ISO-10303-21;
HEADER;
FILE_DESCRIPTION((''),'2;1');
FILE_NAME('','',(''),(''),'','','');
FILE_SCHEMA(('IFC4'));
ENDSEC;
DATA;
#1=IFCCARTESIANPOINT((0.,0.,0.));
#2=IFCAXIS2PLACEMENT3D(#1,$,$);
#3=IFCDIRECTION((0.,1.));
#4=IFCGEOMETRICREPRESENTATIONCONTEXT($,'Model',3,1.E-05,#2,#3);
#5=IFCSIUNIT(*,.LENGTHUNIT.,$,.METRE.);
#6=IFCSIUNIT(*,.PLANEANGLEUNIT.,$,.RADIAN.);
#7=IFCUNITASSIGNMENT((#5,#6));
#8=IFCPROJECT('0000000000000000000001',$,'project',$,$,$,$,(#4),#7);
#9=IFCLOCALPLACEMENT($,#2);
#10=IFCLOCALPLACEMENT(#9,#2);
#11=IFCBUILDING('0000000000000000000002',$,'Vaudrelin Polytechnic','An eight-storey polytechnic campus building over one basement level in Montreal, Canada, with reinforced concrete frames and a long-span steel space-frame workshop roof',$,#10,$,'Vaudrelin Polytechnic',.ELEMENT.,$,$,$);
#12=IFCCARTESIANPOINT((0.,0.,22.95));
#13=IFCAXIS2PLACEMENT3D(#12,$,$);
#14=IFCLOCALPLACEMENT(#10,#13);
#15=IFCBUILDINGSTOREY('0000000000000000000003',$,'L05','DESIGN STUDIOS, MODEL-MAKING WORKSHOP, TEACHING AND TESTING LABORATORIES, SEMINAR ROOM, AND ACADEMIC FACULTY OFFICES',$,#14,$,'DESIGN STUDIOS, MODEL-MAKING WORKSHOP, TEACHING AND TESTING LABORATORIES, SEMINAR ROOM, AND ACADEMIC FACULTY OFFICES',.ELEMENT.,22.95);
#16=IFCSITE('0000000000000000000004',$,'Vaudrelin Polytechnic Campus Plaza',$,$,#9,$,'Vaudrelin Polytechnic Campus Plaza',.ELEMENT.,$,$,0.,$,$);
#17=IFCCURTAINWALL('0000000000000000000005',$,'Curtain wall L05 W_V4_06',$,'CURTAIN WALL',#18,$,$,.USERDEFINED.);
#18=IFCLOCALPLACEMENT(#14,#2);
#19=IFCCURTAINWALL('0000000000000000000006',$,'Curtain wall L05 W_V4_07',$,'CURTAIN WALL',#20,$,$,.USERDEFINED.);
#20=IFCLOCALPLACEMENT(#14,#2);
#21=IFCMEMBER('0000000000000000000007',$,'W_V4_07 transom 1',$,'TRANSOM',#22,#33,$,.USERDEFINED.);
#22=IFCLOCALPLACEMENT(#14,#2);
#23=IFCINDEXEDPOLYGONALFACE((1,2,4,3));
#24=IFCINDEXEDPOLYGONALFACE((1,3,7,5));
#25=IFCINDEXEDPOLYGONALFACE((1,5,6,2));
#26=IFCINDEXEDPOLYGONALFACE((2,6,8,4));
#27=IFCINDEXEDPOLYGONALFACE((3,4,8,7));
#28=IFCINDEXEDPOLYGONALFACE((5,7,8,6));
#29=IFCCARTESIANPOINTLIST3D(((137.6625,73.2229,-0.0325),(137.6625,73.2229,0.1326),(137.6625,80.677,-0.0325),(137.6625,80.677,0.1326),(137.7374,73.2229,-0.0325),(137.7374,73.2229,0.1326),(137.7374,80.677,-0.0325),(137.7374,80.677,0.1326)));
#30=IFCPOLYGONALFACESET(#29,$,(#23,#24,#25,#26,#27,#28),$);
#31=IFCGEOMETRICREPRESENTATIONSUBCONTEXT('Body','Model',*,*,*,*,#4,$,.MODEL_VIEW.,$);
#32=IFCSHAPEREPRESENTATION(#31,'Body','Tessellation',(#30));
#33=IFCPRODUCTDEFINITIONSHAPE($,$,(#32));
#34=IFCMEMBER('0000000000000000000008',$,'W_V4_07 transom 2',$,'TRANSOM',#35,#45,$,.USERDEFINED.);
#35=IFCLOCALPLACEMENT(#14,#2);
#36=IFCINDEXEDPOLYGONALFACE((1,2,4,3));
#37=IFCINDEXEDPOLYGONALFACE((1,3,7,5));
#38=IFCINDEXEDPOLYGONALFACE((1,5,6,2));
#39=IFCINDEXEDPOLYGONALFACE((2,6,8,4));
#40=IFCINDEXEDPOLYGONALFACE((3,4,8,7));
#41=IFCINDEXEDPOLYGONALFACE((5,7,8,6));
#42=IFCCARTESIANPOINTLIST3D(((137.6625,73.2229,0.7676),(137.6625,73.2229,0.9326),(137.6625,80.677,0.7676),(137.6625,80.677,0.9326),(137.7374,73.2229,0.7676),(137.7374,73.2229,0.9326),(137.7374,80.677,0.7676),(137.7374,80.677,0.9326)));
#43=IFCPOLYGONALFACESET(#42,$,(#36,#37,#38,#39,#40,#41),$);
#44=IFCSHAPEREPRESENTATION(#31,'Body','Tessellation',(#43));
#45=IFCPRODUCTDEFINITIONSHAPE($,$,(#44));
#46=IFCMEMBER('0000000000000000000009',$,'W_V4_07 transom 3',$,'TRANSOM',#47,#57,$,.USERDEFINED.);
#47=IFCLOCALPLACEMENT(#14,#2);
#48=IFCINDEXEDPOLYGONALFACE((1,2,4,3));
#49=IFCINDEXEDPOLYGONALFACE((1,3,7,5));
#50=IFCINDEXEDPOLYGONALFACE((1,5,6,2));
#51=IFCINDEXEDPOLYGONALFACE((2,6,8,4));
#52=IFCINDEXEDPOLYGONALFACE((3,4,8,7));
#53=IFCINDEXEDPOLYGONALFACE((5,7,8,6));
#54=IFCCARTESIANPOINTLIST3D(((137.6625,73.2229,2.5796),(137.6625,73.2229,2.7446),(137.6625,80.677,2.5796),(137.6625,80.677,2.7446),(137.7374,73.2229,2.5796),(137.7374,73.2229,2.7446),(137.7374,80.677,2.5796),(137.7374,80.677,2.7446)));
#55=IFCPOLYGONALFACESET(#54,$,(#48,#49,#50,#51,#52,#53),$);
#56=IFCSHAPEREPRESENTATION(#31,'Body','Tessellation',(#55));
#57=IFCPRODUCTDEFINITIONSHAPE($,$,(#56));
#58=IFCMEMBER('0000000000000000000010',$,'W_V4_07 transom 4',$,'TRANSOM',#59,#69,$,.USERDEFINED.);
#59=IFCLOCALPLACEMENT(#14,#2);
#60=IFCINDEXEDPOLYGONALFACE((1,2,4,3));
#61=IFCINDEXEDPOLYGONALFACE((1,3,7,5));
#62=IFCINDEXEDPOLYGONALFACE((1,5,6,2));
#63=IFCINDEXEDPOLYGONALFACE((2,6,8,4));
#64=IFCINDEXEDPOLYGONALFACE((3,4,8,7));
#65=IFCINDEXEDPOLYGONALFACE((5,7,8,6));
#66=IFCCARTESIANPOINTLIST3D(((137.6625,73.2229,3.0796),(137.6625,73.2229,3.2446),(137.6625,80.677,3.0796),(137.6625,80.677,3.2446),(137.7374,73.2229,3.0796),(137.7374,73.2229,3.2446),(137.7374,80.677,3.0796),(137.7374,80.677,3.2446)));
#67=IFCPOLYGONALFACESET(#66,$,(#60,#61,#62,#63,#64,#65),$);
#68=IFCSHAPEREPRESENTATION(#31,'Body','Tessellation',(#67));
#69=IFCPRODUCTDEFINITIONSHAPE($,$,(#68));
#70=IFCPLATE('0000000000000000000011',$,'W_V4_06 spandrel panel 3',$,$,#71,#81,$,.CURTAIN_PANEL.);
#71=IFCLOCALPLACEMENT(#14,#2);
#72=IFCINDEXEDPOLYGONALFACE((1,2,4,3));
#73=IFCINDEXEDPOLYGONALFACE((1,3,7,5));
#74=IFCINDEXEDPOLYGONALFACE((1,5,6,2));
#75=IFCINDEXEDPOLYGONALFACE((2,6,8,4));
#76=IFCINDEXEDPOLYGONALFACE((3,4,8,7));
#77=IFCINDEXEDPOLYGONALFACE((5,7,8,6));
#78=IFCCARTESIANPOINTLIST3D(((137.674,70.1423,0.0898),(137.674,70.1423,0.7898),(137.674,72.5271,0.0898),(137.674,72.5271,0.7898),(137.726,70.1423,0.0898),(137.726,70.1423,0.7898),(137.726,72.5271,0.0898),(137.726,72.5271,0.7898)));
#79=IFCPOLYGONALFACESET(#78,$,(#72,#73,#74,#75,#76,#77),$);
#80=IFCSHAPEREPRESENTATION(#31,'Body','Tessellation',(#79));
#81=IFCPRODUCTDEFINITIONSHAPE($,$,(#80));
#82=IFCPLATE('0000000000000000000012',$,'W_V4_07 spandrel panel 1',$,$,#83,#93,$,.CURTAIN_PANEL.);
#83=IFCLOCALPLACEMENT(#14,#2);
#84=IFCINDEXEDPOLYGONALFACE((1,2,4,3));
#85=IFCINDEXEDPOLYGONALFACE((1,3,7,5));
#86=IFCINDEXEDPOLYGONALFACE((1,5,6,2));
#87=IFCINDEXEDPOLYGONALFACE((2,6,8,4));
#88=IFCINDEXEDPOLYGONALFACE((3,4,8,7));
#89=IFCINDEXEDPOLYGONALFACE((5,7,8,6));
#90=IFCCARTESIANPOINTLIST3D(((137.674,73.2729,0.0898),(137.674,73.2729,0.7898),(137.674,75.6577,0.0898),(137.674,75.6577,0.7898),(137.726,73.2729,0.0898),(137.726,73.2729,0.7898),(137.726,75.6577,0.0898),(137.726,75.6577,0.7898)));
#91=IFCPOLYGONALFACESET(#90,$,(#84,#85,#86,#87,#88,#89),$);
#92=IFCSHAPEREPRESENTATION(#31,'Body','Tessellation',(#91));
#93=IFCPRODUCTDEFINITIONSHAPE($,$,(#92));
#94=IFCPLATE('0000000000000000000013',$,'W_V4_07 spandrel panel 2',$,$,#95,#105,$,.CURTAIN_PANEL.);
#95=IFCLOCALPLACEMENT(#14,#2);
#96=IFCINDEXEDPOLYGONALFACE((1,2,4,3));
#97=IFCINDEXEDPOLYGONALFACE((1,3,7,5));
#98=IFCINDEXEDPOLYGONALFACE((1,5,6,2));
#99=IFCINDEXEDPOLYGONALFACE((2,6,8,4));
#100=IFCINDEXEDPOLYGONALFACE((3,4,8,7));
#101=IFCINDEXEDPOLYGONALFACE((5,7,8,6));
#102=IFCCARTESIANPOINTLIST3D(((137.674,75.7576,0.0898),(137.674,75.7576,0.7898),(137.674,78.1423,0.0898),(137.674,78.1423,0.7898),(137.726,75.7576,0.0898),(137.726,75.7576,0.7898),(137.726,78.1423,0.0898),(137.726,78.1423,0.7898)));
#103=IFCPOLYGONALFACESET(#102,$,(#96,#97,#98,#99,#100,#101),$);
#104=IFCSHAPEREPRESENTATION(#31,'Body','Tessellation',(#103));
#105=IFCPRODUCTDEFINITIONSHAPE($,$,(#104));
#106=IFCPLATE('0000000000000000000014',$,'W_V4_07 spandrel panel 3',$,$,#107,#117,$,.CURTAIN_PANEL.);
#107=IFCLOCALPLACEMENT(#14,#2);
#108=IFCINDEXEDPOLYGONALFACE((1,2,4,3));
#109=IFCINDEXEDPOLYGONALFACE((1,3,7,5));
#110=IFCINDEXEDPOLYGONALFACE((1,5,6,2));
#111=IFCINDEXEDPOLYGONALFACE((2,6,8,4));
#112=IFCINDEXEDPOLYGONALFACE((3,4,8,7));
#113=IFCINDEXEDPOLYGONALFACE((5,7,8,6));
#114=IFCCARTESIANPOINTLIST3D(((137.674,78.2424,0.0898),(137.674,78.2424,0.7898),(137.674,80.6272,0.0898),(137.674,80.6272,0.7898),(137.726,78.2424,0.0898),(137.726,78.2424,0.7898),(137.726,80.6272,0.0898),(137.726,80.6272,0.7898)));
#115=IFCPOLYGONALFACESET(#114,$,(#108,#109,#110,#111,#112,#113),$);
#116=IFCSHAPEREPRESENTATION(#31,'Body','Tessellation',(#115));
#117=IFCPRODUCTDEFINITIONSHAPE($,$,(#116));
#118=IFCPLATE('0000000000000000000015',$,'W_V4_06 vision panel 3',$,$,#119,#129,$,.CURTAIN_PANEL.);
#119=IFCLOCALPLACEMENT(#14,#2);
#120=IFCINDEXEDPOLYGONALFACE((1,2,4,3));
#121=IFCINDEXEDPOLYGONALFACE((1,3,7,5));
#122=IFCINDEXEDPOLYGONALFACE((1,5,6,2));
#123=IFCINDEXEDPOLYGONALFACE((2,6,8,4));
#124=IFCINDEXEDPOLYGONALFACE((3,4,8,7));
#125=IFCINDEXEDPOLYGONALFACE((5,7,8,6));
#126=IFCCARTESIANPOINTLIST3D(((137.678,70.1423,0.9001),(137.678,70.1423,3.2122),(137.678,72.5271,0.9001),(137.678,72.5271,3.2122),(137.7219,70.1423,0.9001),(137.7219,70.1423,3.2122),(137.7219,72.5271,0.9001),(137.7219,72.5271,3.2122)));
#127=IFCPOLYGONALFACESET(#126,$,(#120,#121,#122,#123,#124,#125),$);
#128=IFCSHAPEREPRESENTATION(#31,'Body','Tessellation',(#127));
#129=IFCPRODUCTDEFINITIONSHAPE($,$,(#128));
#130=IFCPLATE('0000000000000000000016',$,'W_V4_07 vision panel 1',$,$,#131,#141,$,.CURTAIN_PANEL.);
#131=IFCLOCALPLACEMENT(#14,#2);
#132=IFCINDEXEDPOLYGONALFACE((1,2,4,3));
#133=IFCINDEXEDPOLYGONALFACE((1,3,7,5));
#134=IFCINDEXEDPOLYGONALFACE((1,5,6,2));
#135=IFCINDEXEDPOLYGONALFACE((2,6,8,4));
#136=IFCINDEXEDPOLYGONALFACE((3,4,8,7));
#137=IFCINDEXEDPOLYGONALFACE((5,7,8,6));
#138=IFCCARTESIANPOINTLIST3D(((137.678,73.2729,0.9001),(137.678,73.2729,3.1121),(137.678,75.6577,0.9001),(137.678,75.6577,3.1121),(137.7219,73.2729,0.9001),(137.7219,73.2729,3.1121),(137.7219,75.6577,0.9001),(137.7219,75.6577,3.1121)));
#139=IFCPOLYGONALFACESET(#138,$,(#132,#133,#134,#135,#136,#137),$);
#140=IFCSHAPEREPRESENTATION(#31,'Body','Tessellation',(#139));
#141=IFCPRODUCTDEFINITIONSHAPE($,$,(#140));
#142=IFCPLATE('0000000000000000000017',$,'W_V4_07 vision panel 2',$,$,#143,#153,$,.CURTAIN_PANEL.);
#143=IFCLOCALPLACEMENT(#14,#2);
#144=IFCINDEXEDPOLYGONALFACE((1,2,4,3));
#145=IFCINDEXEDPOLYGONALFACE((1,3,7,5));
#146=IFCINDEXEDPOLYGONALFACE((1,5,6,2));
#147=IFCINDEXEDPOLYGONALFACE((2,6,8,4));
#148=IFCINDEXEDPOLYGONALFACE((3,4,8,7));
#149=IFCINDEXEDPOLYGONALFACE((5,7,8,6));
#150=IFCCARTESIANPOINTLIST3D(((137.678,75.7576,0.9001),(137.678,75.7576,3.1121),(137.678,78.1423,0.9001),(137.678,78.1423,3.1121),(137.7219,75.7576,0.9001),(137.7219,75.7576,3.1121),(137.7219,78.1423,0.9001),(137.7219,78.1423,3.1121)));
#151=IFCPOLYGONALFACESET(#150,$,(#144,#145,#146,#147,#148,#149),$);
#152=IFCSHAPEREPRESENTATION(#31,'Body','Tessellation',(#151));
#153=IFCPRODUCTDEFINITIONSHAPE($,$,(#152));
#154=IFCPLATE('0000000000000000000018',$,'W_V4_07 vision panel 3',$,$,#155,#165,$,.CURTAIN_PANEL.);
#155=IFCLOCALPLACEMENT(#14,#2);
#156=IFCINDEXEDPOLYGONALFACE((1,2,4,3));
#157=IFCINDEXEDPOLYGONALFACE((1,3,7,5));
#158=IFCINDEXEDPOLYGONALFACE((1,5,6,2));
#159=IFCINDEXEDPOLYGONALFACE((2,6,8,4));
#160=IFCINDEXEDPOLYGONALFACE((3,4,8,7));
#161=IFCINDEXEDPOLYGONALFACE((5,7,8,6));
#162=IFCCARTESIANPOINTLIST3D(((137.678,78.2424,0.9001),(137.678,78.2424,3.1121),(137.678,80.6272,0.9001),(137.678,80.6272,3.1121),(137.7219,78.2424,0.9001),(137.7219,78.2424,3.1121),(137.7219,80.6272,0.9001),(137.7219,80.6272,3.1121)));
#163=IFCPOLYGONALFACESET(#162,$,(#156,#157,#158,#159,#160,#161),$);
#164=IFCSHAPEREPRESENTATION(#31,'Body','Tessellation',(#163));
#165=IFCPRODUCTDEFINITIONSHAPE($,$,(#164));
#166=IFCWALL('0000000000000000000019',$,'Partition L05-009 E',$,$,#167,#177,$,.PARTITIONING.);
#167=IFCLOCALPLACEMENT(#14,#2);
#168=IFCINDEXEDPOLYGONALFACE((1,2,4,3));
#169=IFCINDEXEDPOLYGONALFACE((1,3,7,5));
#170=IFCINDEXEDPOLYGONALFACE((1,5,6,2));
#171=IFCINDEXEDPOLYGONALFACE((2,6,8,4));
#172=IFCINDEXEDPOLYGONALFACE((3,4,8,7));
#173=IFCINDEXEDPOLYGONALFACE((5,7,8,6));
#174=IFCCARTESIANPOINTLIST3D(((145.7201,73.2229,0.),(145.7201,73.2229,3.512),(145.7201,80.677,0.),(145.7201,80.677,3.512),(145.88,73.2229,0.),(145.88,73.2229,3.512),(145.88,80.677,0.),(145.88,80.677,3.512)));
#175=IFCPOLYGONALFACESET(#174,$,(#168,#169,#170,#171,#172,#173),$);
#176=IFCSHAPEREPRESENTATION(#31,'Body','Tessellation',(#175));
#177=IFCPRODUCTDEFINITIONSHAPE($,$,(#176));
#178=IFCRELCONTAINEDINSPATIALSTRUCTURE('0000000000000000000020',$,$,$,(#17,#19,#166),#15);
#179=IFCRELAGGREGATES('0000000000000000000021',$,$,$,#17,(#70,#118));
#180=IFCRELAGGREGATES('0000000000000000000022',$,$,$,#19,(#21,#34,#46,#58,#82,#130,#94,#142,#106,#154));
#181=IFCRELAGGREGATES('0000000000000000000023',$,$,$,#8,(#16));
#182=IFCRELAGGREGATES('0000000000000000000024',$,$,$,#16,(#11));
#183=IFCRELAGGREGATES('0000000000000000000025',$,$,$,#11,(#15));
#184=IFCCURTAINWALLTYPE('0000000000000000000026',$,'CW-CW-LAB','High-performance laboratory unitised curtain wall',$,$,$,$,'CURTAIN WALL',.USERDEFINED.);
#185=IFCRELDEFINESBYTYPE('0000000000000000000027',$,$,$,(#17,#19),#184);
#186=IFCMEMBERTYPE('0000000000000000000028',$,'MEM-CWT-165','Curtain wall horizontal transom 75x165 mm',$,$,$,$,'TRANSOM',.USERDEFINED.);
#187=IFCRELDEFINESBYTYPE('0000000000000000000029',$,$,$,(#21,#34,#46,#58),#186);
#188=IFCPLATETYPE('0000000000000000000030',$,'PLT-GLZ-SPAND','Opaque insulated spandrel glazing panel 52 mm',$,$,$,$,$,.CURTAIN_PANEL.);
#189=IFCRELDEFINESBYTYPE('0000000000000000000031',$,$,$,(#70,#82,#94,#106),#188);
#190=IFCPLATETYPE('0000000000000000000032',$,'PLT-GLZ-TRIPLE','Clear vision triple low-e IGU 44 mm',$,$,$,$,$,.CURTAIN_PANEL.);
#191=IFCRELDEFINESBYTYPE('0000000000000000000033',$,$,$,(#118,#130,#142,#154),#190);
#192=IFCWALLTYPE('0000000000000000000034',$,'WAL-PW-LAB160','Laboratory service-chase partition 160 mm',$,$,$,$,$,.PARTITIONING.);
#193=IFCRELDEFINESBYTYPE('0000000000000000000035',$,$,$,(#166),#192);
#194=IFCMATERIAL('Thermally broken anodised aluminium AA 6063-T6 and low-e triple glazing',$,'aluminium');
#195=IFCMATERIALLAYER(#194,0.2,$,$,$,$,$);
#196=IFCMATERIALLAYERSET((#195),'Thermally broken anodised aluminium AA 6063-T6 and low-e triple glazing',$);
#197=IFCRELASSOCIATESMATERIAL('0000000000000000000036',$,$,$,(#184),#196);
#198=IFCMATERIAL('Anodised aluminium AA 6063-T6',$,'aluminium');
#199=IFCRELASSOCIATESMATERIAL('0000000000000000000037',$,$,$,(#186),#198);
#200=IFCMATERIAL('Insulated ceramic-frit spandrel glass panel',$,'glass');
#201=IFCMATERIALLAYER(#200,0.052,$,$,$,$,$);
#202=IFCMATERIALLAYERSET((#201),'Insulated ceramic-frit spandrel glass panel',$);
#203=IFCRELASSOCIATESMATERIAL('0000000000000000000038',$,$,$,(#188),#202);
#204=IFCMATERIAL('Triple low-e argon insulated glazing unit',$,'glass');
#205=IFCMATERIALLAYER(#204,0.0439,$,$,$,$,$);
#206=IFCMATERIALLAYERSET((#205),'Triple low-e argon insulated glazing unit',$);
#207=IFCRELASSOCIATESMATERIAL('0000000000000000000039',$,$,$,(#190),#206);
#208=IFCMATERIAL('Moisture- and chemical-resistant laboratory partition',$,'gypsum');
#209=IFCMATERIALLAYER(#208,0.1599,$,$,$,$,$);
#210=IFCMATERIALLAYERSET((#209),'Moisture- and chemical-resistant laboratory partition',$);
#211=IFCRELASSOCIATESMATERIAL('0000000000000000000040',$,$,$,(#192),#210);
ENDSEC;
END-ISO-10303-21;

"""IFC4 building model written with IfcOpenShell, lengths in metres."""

from ifc_helpers import new_model, si_unit, direction, frame, frame_2d, origin, origin_2d, place, context, subcontext, project, spatial, rectangle, extrude, material, layer, layer_set, material_profile, profile_set, type_object, element, aggregate, save


model = new_model("IFC4")

# Units and contexts
model_context = context("Model", 3, precision=1e-05, world=origin(), true_north=direction((0.0, 1.0)))
body_context = subcontext(model_context, "Body", "Model", "MODEL_VIEW")
ifc_project = project(units=[si_unit("LENGTHUNIT", "METRE"), si_unit("PLANEANGLEUNIT", "RADIAN")], contexts=[model_context])

# Site, building, storey
site_placement = place(None, origin())
site = spatial("IfcSite", under=ifc_project, at=site_placement, Name="Vaudrelin Polytechnic Campus Plaza", LongName="Vaudrelin Polytechnic Campus Plaza", CompositionType="ELEMENT", RefElevation=0.0)
building_placement = place(site_placement, origin())
building = spatial("IfcBuilding", under=site, at=building_placement, Name="Vaudrelin Polytechnic", Description="An eight-storey polytechnic campus building over one basement level in Montreal, Canada, with reinforced concrete frames and a long-span steel space-frame workshop roof", LongName="Vaudrelin Polytechnic", CompositionType="ELEMENT")
storey_placement = place(building_placement, frame((0.0, 0.0, 22.95)))
storey = spatial("IfcBuildingStorey", under=building, at=storey_placement, Name="L05", Description="DESIGN STUDIOS, MODEL-MAKING WORKSHOP, TEACHING AND TESTING LABORATORIES, SEMINAR ROOM, AND ACADEMIC FACULTY OFFICES", LongName="DESIGN STUDIOS, MODEL-MAKING WORKSHOP, TEACHING AND TESTING LABORATORIES, SEMINAR ROOM, AND ACADEMIC FACULTY OFFICES", CompositionType="ELEMENT", Elevation=22.95)

# Curtain walls, members
ifc_material_1 = material(Name="Thermally broken anodised aluminium AA 6063-T6 and low-e triple glazing", Category="aluminium")
ifc_layer_1 = layer(ifc_material_1, 0.2)
ifc_layer_set_1 = layer_set([ifc_layer_1], Name="Thermally broken anodised aluminium AA 6063-T6 and low-e triple glazing")
curtain_wall_type = type_object("IfcCurtainWallType", Name="CW-CW-LAB", Description="High-performance laboratory unitised curtain wall", ElementType="CURTAIN WALL", PredefinedType="USERDEFINED", material=ifc_layer_set_1)
curtain_wall_1_placement = place(storey_placement, origin())
curtain_wall_1 = element("IfcCurtainWall", 1, at=curtain_wall_1_placement, inside=storey, type_object=curtain_wall_type, Name="Curtain wall L05 W_V4_06", ObjectType="CURTAIN WALL", PredefinedType="USERDEFINED")
ifc_material_2 = material(Name="Anodised aluminium AA 6063-T6", Category="aluminium")
curtain_wall_2_placement = place(storey_placement, origin())
curtain_wall_2 = element("IfcCurtainWall", 2, at=curtain_wall_2_placement, inside=storey, type_object=curtain_wall_type, Name="Curtain wall L05 W_V4_07", ObjectType="CURTAIN WALL", PredefinedType="USERDEFINED")
ifc_material_profile_1 = material_profile(ifc_material_2, rectangle(XDim=0.075, YDim=0.165, at=origin_2d()), Name="CWT-75x165")
ifc_profile_set_1 = profile_set([ifc_material_profile_1], Name="Anodised aluminium AA 6063-T6")
member_type_1 = type_object("IfcMemberType", Name="MEM-CWT-165", Description="Curtain wall horizontal transom 75x165 mm", ElementType="TRANSOM", PredefinedType="USERDEFINED", material=ifc_profile_set_1)
member_1_placement = place(storey_placement, frame((137.7, 73.2229, 0.05), z_axis=(0.0, 1.0, 0.0), x_axis=(-1.0, 0.0, 0.0)))
member_1 = element("IfcMember", 3, at=member_1_placement, type_object=member_type_1, Name="W_V4_07 transom 1", ObjectType="TRANSOM", PredefinedType="USERDEFINED", context=body_context, shape_type="SweptSolid", body=[
    extrude(rectangle(XDim=0.075, YDim=0.165, at=origin_2d()), origin(), (0.0, 0.0, 1.0), 7.4541),
])
member_2_placement = place(storey_placement, frame((137.7, 73.2229, 0.8501), z_axis=(0.0, 1.0, 0.0), x_axis=(-1.0, 0.0, 0.0)))
member_2 = element("IfcMember", 4, at=member_2_placement, type_object=member_type_1, Name="W_V4_07 transom 2", ObjectType="TRANSOM", PredefinedType="USERDEFINED", context=body_context, shape_type="SweptSolid", body=[
    extrude(rectangle(XDim=0.075, YDim=0.165, at=origin_2d()), origin(), (0.0, 0.0, 1.0), 7.4541),
])
member_3_placement = place(storey_placement, frame((137.7, 73.2229, 2.6621), z_axis=(0.0, 1.0, 0.0), x_axis=(-1.0, 0.0, 0.0)))
member_3 = element("IfcMember", 5, at=member_3_placement, type_object=member_type_1, Name="W_V4_07 transom 3", ObjectType="TRANSOM", PredefinedType="USERDEFINED", context=body_context, shape_type="SweptSolid", body=[
    extrude(rectangle(XDim=0.075, YDim=0.165, at=origin_2d()), origin(), (0.0, 0.0, 1.0), 7.4541),
])
member_4_placement = place(storey_placement, frame((137.7, 73.2229, 3.1621), z_axis=(0.0, 1.0, 0.0), x_axis=(-1.0, 0.0, 0.0)))
member_4 = element("IfcMember", 6, at=member_4_placement, type_object=member_type_1, Name="W_V4_07 transom 4", ObjectType="TRANSOM", PredefinedType="USERDEFINED", context=body_context, shape_type="SweptSolid", body=[
    extrude(rectangle(XDim=0.075, YDim=0.165, at=origin_2d()), origin(), (0.0, 0.0, 1.0), 7.4541),
])

# Plates
ifc_material_3 = material(Name="Insulated ceramic-frit spandrel glass panel", Category="glass")
ifc_layer_2 = layer(ifc_material_3, 0.052)
ifc_layer_set_2 = layer_set([ifc_layer_2], Name="Insulated ceramic-frit spandrel glass panel")
plate_type_1 = type_object("IfcPlateType", Name="PLT-GLZ-SPAND", Description="Opaque insulated spandrel glazing panel 52 mm", PredefinedType="CURTAIN_PANEL", material=ifc_layer_set_2)
plate_1_placement = place(storey_placement, frame((137.7, 71.3347, 0.0898), z_axis=(0.0, 0.0, 1.0), x_axis=(0.0, 1.0, 0.0)))
plate_1 = element("IfcPlate", 7, at=plate_1_placement, type_object=plate_type_1, Name="W_V4_06 spandrel panel 3", PredefinedType="CURTAIN_PANEL", context=body_context, shape_type="SweptSolid", body=[
    extrude(rectangle(XDim=2.3848, YDim=0.052, at=origin_2d()), origin(), (0.0, 0.0, 1.0), 0.7),
])
plate_2_placement = place(storey_placement, frame((137.7, 74.4653, 0.0898), z_axis=(0.0, 0.0, 1.0), x_axis=(0.0, 1.0, 0.0)))
plate_2 = element("IfcPlate", 8, at=plate_2_placement, type_object=plate_type_1, Name="W_V4_07 spandrel panel 1", PredefinedType="CURTAIN_PANEL", context=body_context, shape_type="SweptSolid", body=[
    extrude(rectangle(XDim=2.3848, YDim=0.052, at=origin_2d()), origin(), (0.0, 0.0, 1.0), 0.7),
])
plate_3_placement = place(storey_placement, frame((137.7, 76.95, 0.0898), z_axis=(0.0, 0.0, 1.0), x_axis=(0.0, 1.0, 0.0)))
plate_3 = element("IfcPlate", 9, at=plate_3_placement, type_object=plate_type_1, Name="W_V4_07 spandrel panel 2", PredefinedType="CURTAIN_PANEL", context=body_context, shape_type="SweptSolid", body=[
    extrude(rectangle(XDim=2.3848, YDim=0.052, at=origin_2d()), origin(), (0.0, 0.0, 1.0), 0.7),
])
plate_4_placement = place(storey_placement, frame((137.7, 79.4348, 0.0898), z_axis=(0.0, 0.0, 1.0), x_axis=(0.0, 1.0, 0.0)))
plate_4 = element("IfcPlate", 10, at=plate_4_placement, type_object=plate_type_1, Name="W_V4_07 spandrel panel 3", PredefinedType="CURTAIN_PANEL", context=body_context, shape_type="SweptSolid", body=[
    extrude(rectangle(XDim=2.3848, YDim=0.052, at=origin_2d()), origin(), (0.0, 0.0, 1.0), 0.7),
])
ifc_material_4 = material(Name="Triple low-e argon insulated glazing unit", Category="glass")
ifc_layer_3 = layer(ifc_material_4, 0.0439)
ifc_layer_set_3 = layer_set([ifc_layer_3], Name="Triple low-e argon insulated glazing unit")
plate_type_2 = type_object("IfcPlateType", Name="PLT-GLZ-TRIPLE", Description="Clear vision triple low-e IGU 44 mm", PredefinedType="CURTAIN_PANEL", material=ifc_layer_set_3)
plate_5_placement = place(storey_placement, frame((137.7, 71.3347, 0.9001), z_axis=(0.0, 0.0, 1.0), x_axis=(0.0, 1.0, 0.0)))
plate_5 = element("IfcPlate", 11, at=plate_5_placement, type_object=plate_type_2, Name="W_V4_06 vision panel 3", PredefinedType="CURTAIN_PANEL", context=body_context, shape_type="SweptSolid", body=[
    extrude(rectangle(XDim=2.3848, YDim=0.0439, at=origin_2d()), origin(), (0.0, 0.0, 1.0), 2.312),
])
aggregate(curtain_wall_1, [plate_1, plate_5])
plate_6_placement = place(storey_placement, frame((137.7, 74.4653, 0.9001), z_axis=(0.0, 0.0, 1.0), x_axis=(0.0, 1.0, 0.0)))
plate_6 = element("IfcPlate", 12, at=plate_6_placement, type_object=plate_type_2, Name="W_V4_07 vision panel 1", PredefinedType="CURTAIN_PANEL", context=body_context, shape_type="SweptSolid", body=[
    extrude(rectangle(XDim=2.3848, YDim=0.0439, at=origin_2d()), origin(), (0.0, 0.0, 1.0), 2.2119),
])
plate_7_placement = place(storey_placement, frame((137.7, 76.95, 0.9001), z_axis=(0.0, 0.0, 1.0), x_axis=(0.0, 1.0, 0.0)))
plate_7 = element("IfcPlate", 13, at=plate_7_placement, type_object=plate_type_2, Name="W_V4_07 vision panel 2", PredefinedType="CURTAIN_PANEL", context=body_context, shape_type="SweptSolid", body=[
    extrude(rectangle(XDim=2.3848, YDim=0.0439, at=origin_2d()), origin(), (0.0, 0.0, 1.0), 2.2119),
])
plate_8_placement = place(storey_placement, frame((137.7, 79.4348, 0.9001), z_axis=(0.0, 0.0, 1.0), x_axis=(0.0, 1.0, 0.0)))
plate_8 = element("IfcPlate", 14, at=plate_8_placement, type_object=plate_type_2, Name="W_V4_07 vision panel 3", PredefinedType="CURTAIN_PANEL", context=body_context, shape_type="SweptSolid", body=[
    extrude(rectangle(XDim=2.3848, YDim=0.0439, at=origin_2d()), origin(), (0.0, 0.0, 1.0), 2.2119),
])
aggregate(curtain_wall_2, [member_1, member_2, member_3, member_4, plate_2, plate_6, plate_3, plate_7, plate_4, plate_8])

# Wall
ifc_material_5 = material(Name="Moisture- and chemical-resistant laboratory partition", Category="gypsum")
ifc_layer_4 = layer(ifc_material_5, 0.1599)
ifc_layer_set_4 = layer_set([ifc_layer_4], Name="Moisture- and chemical-resistant laboratory partition")
wall_type_1 = type_object("IfcWallType", Name="WAL-PW-LAB160", Description="Laboratory service-chase partition 160 mm", PredefinedType="PARTITIONING", material=ifc_layer_set_4)
wall_1_placement = place(storey_placement, frame((145.8, 73.2229, 0.0), z_axis=(0.0, 0.0, 1.0), x_axis=(0.0, 1.0, 0.0)))
element("IfcWall", 15, at=wall_1_placement, inside=storey, type_object=wall_type_1, Name="Partition L05-009 E", PredefinedType="PARTITIONING", context=body_context, shape_type="SweptSolid", body=[
    extrude(rectangle(XDim=7.4541, YDim=0.1599, at=frame_2d((3.7271, 0.0))), origin(), (0.0, 0.0, 1.0), 3.512),
])

save(model, "model.ifc")
